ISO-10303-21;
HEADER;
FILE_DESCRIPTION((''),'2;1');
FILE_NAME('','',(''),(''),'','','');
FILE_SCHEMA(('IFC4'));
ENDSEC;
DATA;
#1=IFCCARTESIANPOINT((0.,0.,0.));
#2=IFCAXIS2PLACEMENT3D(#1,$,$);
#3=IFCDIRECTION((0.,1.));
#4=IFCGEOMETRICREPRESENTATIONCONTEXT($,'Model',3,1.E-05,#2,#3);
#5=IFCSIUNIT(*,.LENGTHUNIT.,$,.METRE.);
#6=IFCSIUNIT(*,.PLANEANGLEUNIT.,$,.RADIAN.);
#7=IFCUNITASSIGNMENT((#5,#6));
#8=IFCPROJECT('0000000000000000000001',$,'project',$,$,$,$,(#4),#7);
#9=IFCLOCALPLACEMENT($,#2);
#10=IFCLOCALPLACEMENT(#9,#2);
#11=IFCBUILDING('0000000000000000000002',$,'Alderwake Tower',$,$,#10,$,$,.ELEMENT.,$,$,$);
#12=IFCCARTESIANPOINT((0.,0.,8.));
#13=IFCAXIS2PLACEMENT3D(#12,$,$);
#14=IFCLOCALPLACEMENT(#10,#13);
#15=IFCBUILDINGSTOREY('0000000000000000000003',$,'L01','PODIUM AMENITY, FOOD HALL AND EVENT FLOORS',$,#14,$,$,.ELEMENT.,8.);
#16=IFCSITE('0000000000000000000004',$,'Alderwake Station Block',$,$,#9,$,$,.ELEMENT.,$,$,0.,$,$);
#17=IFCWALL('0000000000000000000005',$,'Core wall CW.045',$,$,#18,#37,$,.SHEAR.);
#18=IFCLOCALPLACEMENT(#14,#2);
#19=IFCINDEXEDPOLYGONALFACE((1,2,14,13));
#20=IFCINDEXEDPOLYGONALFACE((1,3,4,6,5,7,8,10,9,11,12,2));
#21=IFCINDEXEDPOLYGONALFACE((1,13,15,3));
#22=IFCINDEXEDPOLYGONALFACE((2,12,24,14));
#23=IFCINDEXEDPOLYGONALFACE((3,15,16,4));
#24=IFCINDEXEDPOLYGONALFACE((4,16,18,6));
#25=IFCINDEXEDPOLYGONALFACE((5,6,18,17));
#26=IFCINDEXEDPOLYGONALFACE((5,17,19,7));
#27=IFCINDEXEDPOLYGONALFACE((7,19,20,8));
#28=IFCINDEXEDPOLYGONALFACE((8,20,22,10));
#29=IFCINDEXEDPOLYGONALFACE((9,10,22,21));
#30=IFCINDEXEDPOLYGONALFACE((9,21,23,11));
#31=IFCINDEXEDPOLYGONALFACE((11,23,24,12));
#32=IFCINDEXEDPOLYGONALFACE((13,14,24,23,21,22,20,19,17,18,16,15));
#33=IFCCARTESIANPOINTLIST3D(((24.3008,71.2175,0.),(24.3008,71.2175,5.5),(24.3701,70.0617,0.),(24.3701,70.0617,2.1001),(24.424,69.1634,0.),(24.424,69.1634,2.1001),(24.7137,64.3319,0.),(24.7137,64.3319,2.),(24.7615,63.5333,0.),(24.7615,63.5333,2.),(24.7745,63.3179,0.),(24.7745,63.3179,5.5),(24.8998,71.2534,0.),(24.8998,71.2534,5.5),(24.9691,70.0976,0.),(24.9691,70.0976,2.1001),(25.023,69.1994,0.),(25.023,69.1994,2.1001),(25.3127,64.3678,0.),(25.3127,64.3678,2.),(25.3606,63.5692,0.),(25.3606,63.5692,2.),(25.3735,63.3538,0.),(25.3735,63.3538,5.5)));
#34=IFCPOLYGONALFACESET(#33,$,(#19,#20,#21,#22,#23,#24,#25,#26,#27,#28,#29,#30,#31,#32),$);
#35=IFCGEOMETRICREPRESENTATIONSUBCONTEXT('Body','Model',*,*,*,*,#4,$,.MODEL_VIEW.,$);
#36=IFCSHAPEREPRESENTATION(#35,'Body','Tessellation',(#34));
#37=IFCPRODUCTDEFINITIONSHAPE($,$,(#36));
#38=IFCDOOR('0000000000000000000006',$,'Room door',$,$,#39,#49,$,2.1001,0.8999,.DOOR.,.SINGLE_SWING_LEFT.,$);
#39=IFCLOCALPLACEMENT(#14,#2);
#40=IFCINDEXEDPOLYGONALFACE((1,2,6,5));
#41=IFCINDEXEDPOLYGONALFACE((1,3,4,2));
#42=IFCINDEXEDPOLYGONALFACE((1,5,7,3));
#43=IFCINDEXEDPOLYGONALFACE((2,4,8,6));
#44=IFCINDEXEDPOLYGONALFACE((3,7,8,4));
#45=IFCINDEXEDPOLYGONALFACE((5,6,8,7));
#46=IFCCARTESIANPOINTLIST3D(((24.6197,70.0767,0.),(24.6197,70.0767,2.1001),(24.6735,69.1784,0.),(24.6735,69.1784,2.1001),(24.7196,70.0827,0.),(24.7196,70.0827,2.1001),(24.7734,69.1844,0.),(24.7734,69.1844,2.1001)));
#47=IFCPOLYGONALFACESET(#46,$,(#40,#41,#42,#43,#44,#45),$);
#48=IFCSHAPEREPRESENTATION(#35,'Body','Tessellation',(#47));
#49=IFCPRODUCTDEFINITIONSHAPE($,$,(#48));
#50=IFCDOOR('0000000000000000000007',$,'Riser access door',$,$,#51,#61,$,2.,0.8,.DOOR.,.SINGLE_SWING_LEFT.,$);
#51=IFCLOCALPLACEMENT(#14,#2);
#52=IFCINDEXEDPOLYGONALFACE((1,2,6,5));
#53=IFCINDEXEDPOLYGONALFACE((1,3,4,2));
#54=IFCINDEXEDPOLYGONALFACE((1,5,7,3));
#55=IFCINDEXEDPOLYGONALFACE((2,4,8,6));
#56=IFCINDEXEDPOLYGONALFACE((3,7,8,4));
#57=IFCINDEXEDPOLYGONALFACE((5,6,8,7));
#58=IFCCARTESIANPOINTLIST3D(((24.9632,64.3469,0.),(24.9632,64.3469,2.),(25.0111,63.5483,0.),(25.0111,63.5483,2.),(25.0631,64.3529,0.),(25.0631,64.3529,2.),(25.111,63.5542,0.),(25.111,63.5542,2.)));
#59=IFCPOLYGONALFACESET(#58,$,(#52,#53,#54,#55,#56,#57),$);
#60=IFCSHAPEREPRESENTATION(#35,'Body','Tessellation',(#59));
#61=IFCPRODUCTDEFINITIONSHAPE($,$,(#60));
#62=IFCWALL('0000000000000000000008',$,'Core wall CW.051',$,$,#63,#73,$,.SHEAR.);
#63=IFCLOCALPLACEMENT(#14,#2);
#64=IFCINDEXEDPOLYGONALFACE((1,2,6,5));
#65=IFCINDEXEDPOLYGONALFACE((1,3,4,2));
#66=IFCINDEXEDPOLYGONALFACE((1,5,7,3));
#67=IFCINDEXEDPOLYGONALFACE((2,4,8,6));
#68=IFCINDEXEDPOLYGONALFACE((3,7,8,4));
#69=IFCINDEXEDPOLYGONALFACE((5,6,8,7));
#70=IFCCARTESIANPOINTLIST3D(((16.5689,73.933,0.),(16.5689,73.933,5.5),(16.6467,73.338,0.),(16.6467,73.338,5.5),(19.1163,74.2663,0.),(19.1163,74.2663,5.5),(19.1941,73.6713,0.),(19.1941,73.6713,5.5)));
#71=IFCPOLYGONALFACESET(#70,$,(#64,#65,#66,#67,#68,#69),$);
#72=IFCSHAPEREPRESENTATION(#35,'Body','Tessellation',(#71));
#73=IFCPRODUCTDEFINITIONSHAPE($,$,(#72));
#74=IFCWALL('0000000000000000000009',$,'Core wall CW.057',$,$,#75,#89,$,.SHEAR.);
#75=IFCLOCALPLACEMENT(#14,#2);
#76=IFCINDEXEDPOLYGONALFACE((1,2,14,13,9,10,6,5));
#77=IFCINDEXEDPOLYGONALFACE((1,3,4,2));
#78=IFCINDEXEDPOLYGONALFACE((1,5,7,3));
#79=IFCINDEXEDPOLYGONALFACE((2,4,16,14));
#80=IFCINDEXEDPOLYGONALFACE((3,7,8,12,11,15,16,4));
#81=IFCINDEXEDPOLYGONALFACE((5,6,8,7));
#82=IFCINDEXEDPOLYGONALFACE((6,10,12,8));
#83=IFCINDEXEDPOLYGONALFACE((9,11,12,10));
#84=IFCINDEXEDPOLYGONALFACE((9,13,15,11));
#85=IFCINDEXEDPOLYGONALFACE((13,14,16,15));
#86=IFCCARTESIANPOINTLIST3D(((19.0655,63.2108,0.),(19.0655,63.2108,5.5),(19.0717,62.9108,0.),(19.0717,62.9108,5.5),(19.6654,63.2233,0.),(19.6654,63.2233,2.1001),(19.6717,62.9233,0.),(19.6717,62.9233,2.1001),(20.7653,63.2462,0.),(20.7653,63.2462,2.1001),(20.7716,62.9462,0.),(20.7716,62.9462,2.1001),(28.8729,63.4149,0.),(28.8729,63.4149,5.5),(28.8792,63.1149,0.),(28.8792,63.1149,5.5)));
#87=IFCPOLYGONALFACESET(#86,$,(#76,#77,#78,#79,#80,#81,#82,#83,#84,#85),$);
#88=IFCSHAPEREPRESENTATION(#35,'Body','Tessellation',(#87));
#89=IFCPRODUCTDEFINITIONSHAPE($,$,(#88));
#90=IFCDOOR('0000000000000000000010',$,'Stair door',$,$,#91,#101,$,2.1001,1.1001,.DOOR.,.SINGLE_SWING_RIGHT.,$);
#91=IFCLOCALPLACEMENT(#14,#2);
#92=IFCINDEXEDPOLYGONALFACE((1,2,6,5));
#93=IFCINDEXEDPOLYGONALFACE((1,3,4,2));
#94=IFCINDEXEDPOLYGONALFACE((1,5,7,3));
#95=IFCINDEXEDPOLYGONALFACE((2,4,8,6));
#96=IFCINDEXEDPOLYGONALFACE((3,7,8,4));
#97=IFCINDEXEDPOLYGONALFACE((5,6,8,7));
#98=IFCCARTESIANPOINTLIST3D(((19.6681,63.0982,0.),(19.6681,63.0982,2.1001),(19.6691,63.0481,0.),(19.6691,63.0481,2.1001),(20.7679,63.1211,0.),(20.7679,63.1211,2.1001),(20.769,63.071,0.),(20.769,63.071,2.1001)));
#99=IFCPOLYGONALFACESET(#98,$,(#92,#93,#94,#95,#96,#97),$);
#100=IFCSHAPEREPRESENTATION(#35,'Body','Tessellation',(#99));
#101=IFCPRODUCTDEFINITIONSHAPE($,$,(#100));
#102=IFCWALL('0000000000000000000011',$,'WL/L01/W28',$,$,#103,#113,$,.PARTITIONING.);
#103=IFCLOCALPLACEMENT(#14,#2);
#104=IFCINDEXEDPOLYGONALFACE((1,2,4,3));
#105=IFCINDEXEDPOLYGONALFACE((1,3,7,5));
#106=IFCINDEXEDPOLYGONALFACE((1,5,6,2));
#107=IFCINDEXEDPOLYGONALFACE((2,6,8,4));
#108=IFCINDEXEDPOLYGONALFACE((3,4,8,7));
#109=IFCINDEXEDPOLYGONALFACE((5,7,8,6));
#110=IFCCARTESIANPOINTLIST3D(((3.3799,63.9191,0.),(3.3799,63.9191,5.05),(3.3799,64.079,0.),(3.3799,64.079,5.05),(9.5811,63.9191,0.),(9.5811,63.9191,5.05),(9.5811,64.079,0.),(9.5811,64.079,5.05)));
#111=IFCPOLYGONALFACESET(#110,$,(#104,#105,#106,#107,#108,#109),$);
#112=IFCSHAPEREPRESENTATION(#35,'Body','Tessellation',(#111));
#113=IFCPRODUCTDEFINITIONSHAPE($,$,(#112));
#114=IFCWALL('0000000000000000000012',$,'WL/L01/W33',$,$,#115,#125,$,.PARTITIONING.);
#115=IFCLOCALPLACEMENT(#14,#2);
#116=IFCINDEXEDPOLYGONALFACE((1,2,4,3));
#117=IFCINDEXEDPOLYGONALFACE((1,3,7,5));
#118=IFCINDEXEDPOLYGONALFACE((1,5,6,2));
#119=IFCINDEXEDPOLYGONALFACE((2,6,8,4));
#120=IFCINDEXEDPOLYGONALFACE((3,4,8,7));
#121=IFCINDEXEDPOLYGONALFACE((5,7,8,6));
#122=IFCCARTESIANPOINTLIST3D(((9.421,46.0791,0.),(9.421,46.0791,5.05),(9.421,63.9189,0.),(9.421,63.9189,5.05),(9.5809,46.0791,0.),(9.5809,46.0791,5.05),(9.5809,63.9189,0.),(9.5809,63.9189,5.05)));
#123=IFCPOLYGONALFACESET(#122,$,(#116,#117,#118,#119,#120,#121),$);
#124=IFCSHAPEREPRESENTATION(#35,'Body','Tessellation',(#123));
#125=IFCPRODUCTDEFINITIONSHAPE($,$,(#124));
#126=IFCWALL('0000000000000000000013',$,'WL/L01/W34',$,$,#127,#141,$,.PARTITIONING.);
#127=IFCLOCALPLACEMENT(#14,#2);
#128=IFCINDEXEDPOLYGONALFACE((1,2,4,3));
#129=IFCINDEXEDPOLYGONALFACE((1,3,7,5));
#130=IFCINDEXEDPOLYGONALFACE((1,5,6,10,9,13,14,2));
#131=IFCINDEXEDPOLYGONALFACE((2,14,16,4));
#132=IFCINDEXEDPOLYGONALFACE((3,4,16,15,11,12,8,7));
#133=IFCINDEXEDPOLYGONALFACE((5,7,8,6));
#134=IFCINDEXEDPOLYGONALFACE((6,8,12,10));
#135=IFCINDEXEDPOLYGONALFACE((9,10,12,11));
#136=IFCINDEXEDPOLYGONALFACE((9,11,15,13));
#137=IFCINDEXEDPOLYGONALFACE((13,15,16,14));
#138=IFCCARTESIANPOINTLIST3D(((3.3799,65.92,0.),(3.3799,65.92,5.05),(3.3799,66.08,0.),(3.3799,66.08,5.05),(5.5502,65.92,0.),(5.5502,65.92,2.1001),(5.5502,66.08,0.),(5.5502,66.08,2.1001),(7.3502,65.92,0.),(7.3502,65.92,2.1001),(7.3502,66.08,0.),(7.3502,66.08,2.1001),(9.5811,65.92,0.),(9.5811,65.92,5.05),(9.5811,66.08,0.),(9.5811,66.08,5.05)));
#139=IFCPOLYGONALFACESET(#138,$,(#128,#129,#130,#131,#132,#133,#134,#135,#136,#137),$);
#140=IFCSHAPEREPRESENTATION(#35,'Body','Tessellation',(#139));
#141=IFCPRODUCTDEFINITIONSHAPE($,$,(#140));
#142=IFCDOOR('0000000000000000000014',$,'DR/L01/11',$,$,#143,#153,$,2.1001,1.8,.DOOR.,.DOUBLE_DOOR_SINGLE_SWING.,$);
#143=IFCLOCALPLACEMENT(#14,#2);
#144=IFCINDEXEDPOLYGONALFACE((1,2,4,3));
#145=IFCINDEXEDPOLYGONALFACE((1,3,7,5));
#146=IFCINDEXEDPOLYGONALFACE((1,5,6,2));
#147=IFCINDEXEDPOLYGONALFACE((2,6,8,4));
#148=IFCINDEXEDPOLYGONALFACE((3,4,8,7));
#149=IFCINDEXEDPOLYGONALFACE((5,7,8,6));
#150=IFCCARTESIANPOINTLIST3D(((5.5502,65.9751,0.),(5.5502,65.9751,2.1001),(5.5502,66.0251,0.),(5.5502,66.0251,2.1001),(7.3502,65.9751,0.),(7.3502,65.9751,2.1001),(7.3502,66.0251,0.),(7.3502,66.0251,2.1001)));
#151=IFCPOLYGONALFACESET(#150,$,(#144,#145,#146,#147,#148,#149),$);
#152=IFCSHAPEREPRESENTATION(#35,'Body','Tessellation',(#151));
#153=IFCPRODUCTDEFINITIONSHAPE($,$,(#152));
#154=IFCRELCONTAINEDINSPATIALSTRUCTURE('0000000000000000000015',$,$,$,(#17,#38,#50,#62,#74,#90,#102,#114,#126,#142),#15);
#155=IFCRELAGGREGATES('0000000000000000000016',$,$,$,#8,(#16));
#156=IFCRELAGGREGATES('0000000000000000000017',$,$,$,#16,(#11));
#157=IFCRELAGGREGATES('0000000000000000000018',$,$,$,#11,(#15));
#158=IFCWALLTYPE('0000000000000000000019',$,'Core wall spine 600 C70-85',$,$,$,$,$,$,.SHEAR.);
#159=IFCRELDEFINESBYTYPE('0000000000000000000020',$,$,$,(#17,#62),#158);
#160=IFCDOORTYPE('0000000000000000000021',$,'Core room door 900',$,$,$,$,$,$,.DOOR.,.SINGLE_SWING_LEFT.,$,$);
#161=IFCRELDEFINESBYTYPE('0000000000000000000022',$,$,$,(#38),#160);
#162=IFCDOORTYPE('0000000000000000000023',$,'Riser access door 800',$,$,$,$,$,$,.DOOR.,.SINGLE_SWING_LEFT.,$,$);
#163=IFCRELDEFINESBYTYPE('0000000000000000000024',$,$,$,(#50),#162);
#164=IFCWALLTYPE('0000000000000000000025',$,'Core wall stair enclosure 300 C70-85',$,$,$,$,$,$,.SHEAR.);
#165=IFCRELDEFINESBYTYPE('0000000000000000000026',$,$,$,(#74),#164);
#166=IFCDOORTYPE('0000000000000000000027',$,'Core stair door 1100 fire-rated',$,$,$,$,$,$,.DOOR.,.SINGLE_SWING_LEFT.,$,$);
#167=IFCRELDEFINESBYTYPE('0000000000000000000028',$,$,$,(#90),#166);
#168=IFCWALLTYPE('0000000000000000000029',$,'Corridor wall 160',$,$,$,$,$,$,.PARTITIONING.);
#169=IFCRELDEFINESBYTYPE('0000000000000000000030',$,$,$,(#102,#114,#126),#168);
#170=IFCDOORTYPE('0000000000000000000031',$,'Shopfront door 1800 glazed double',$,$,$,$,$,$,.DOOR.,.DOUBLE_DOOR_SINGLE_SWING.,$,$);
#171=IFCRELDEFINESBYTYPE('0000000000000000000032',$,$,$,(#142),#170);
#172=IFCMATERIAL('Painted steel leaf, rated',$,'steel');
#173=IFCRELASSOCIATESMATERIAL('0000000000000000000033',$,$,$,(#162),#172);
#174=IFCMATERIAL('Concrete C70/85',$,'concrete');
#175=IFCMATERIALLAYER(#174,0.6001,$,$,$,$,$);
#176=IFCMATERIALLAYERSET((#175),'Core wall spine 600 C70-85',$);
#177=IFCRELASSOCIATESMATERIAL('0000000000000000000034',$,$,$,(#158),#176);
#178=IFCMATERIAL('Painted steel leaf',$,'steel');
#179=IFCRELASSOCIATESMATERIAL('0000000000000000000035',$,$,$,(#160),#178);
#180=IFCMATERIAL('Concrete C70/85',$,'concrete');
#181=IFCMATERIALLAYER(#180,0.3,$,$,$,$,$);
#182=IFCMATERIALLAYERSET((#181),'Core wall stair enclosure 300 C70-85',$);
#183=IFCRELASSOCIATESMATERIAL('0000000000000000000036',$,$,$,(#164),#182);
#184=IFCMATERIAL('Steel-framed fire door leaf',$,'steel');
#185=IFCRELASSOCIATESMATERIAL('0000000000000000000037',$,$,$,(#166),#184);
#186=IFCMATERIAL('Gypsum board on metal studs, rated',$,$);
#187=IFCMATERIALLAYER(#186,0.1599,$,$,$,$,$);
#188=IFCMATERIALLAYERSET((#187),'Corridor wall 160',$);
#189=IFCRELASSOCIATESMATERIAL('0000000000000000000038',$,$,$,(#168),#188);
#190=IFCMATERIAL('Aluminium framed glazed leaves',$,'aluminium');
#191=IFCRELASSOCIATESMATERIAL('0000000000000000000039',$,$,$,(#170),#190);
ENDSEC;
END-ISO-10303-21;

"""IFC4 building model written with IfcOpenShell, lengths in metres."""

from ifc_helpers import new_model, si_unit, direction, frame, frame_2d, origin, place, context, subcontext, project, spatial, rectangle, extrude, material, layer, layer_set, type_object, element, fill, save


model = new_model("IFC4")

# Units and contexts
model_context = context("Model", 3, precision=1e-05, world=origin(), true_north=direction((0.0, 1.0)))
body_context = subcontext(model_context, "Body", "Model", "MODEL_VIEW")
ifc_project = project(units=[si_unit("LENGTHUNIT", "METRE"), si_unit("PLANEANGLEUNIT", "RADIAN")], contexts=[model_context])

# Site, building, storey
site_placement = place(None, origin())
site = spatial("IfcSite", under=ifc_project, at=site_placement, Name="Alderwake Station Block", CompositionType="ELEMENT", RefElevation=0.0)
building_placement = place(site_placement, origin())
building = spatial("IfcBuilding", under=site, at=building_placement, Name="Alderwake Tower", CompositionType="ELEMENT")
storey_placement = place(building_placement, frame((0.0, 0.0, 8.0)))
storey = spatial("IfcBuildingStorey", under=building, at=storey_placement, Name="L01", Description="PODIUM AMENITY, FOOD HALL AND EVENT FLOORS", CompositionType="ELEMENT", Elevation=8.0)

# Shared definitions
ifc_material_1 = material(Name="Painted steel leaf, rated", Category="steel")
door_type_1 = type_object("IfcDoorType", Name="Riser access door 800", OperationType="SINGLE_SWING_LEFT", PredefinedType="DOOR", material=ifc_material_1)

# Shared definitions
ifc_material_2 = material(Name="Concrete C70/85", Category="concrete")
ifc_layer_1 = layer(ifc_material_2, 0.6001)
ifc_layer_set_1 = layer_set([ifc_layer_1], Name="Core wall spine 600 C70-85")
wall_type_1 = type_object("IfcWallType", Name="Core wall spine 600 C70-85", PredefinedType="SHEAR", material=ifc_layer_set_1)

# Wall, openings, doors
wall_1_placement = place(storey_placement, frame((25.074, 63.3357, 0.0), z_axis=(0.0, 0.0, 1.0), x_axis=(-0.059849, 0.998207, 0.0)))
wall_1 = element("IfcWall", 1, at=wall_1_placement, inside=storey, type_object=wall_type_1, Name="Core wall CW.045", PredefinedType="SHEAR", context=body_context, shape_type="SweptSolid", body=[
    extrude(rectangle(XDim=7.9138, YDim=0.6001, at=frame_2d((3.957, 0.0))), origin(), (0.0, 0.0, 1.0), 5.5),
])
opening_1_placement = place(wall_1_placement, frame((0.2161, 0.0, 0.0)))
opening_1 = element("IfcOpeningElement", 2, at=opening_1_placement, cuts=wall_1, PredefinedType="OPENING", context=body_context, shape_type="SweptSolid", body=[
    extrude(rectangle(XDim=0.8, YDim=2.0, at=frame_2d((0.3999, 1.0))), frame((0.0, 0.3101, 0.0), z_axis=(0.0, -1.0, 0.0), x_axis=(1.0, 0.0, 0.0)), (0.0, 0.0, 1.0), 0.6201),
])
opening_2_placement = place(wall_1_placement, frame((5.8562, 0.0, 0.0)))
opening_2 = element("IfcOpeningElement", 3, at=opening_2_placement, cuts=wall_1, PredefinedType="OPENING", context=body_context, shape_type="SweptSolid", body=[
    extrude(rectangle(XDim=0.8999, YDim=2.1001, at=frame_2d((0.45, 1.05))), frame((0.0, 0.3101, 0.0), z_axis=(0.0, -1.0, 0.0), x_axis=(1.0, 0.0, 0.0)), (0.0, 0.0, 1.0), 0.6201),
])
ifc_material_3 = material(Name="Painted steel leaf", Category="steel")
door_type_2 = type_object("IfcDoorType", Name="Core room door 900", OperationType="SINGLE_SWING_LEFT", PredefinedType="DOOR", material=ifc_material_3)
door_1_placement = place(opening_2_placement, origin())
door_1 = element("IfcDoor", 4, at=door_1_placement, inside=storey, type_object=door_type_2, Name="Room door", OperationType="SINGLE_SWING_LEFT", OverallHeight=2.1001, OverallWidth=0.8999, PredefinedType="DOOR", context=body_context, shape_type="SweptSolid", body=[
    extrude(rectangle(XDim=0.8999, YDim=2.1001, at=frame_2d((0.45, 1.05))), frame((0.0, 0.05, 0.0), z_axis=(0.0, -1.0, 0.0), x_axis=(1.0, 0.0, 0.0)), (0.0, 0.0, 1.0), 0.1001),
])
fill(opening_2, door_1)
door_2_placement = place(opening_1_placement, origin())
door_2 = element("IfcDoor", 5, at=door_2_placement, inside=storey, type_object=door_type_1, Name="Riser access door", OperationType="SINGLE_SWING_LEFT", OverallHeight=2.0, OverallWidth=0.8, PredefinedType="DOOR", context=body_context, shape_type="SweptSolid", body=[
    extrude(rectangle(XDim=0.8, YDim=2.0, at=frame_2d((0.3999, 1.0))), frame((0.0, 0.05, 0.0), z_axis=(0.0, -1.0, 0.0), x_axis=(1.0, 0.0, 0.0)), (0.0, 0.0, 1.0), 0.1001),
])
fill(opening_1, door_2)

# Wall
wall_2_placement = place(storey_placement, frame((16.6077, 73.6355, 0.0), z_axis=(0.0, 0.0, 1.0), x_axis=(0.991551, 0.129717, 0.0)))
element("IfcWall", 6, at=wall_2_placement, inside=storey, type_object=wall_type_1, Name="Core wall CW.051", PredefinedType="SHEAR", context=body_context, shape_type="SweptSolid", body=[
    extrude(rectangle(XDim=2.5691, YDim=0.6001, at=frame_2d((1.2847, 0.0))), origin(), (0.0, 0.0, 1.0), 5.5),
])

# Wall, opening, door
ifc_material_4 = material(Name="Concrete C70/85", Category="concrete")
ifc_layer_2 = layer(ifc_material_4, 0.3)
ifc_layer_set_2 = layer_set([ifc_layer_2], Name="Core wall stair enclosure 300 C70-85")
wall_type_2 = type_object("IfcWallType", Name="Core wall stair enclosure 300 C70-85", PredefinedType="SHEAR", material=ifc_layer_set_2)
wall_3_placement = place(storey_placement, frame((19.0686, 63.0608, 0.0), z_axis=(0.0, 0.0, 1.0), x_axis=(0.999784, 0.020807, 0.0)))
wall_3 = element("IfcWall", 7, at=wall_3_placement, inside=storey, type_object=wall_type_2, Name="Core wall CW.057", PredefinedType="SHEAR", context=body_context, shape_type="SweptSolid", body=[
    extrude(rectangle(XDim=9.8096, YDim=0.3, at=frame_2d((4.9048, 0.0))), origin(), (0.0, 0.0, 1.0), 5.5),
])
opening_3_placement = place(wall_3_placement, frame((0.6001, 0.0, 0.0)))
opening_3 = element("IfcOpeningElement", 8, at=opening_3_placement, cuts=wall_3, PredefinedType="OPENING", context=body_context, shape_type="SweptSolid", body=[
    extrude(rectangle(XDim=1.1001, YDim=2.1001, at=frame_2d((0.55, 1.05))), frame((0.0, 0.1599, 0.0), z_axis=(0.0, -1.0, 0.0), x_axis=(1.0, 0.0, 0.0)), (0.0, 0.0, 1.0), 0.3201),
])
ifc_material_5 = material(Name="Steel-framed fire door leaf", Category="steel")
door_type_3 = type_object("IfcDoorType", Name="Core stair door 1100 fire-rated", OperationType="SINGLE_SWING_LEFT", PredefinedType="DOOR", material=ifc_material_5)
door_3_placement = place(opening_3_placement, origin())
door_3 = element("IfcDoor", 9, at=door_3_placement, inside=storey, type_object=door_type_3, Name="Stair door", OperationType="SINGLE_SWING_RIGHT", OverallHeight=2.1001, OverallWidth=1.1001, PredefinedType="DOOR", context=body_context, shape_type="SweptSolid", body=[
    extrude(rectangle(XDim=1.1001, YDim=2.1001, at=frame_2d((0.55, 1.05))), frame((0.0, 0.0249, 0.0), z_axis=(0.0, -1.0, 0.0), x_axis=(1.0, 0.0, 0.0)), (0.0, 0.0, 1.0), 0.05),
])
fill(opening_3, door_3)

# Walls
ifc_material_6 = material(Name="Gypsum board on metal studs, rated")
ifc_layer_3 = layer(ifc_material_6, 0.1599)
ifc_layer_set_3 = layer_set([ifc_layer_3], Name="Corridor wall 160")
wall_type_3 = type_object("IfcWallType", Name="Corridor wall 160", PredefinedType="PARTITIONING", material=ifc_layer_set_3)
wall_4_placement = place(storey_placement, frame((3.3799, 63.999, 0.0), z_axis=(0.0, 0.0, 1.0), x_axis=(1.0, 0.0, 0.0)))
element("IfcWall", 10, at=wall_4_placement, inside=storey, type_object=wall_type_3, Name="WL/L01/W28", PredefinedType="PARTITIONING", context=body_context, shape_type="SweptSolid", body=[
    extrude(rectangle(XDim=6.2012, YDim=0.1599, at=frame_2d((3.1006, 0.0))), origin(), (0.0, 0.0, 1.0), 5.05),
])
wall_5_placement = place(storey_placement, frame((9.501, 63.9189, 0.0), z_axis=(0.0, 0.0, 1.0), x_axis=(0.0, -1.0, 0.0)))
element("IfcWall", 11, at=wall_5_placement, inside=storey, type_object=wall_type_3, Name="WL/L01/W33", PredefinedType="PARTITIONING", context=body_context, shape_type="SweptSolid", body=[
    extrude(rectangle(XDim=17.8398, YDim=0.1599, at=frame_2d((8.9199, 0.0))), origin(), (0.0, 0.0, 1.0), 5.05),
])

# Wall, opening, door
wall_6_placement = place(storey_placement, frame((9.5811, 66.0, 0.0), z_axis=(0.0, 0.0, 1.0), x_axis=(-1.0, 0.0, 0.0)))
wall_6 = element("IfcWall", 12, at=wall_6_placement, inside=storey, type_object=wall_type_3, Name="WL/L01/W34", PredefinedType="PARTITIONING", context=body_context, shape_type="SweptSolid", body=[
    extrude(rectangle(XDim=6.2012, YDim=0.1599, at=frame_2d((3.1006, 0.0))), origin(), (0.0, 0.0, 1.0), 5.05),
])
opening_4_placement = place(wall_6_placement, frame((2.231, 0.0, 0.0)))
opening_4 = element("IfcOpeningElement", 13, at=opening_4_placement, cuts=wall_6, PredefinedType="OPENING", context=body_context, shape_type="SweptSolid", body=[
    extrude(rectangle(XDim=1.8, YDim=2.1001, at=frame_2d((0.8999, 1.05))), frame((0.0, 0.0898, 0.0), z_axis=(0.0, -1.0, 0.0), x_axis=(1.0, 0.0, 0.0)), (0.0, 0.0, 1.0), 0.1799),
])
ifc_material_7 = material(Name="Aluminium framed glazed leaves", Category="aluminium")
door_type_4 = type_object("IfcDoorType", Name="Shopfront door 1800 glazed double", OperationType="DOUBLE_DOOR_SINGLE_SWING", PredefinedType="DOOR", material=ifc_material_7)
door_4_placement = place(opening_4_placement, origin())
door_4 = element("IfcDoor", 14, at=door_4_placement, inside=storey, type_object=door_type_4, Name="DR/L01/11", OperationType="DOUBLE_DOOR_SINGLE_SWING", OverallHeight=2.1001, OverallWidth=1.8, PredefinedType="DOOR", context=body_context, shape_type="SweptSolid", body=[
    extrude(rectangle(XDim=1.8, YDim=2.1001, at=frame_2d((0.8999, 1.05))), frame((0.0, 0.0249, 0.0), z_axis=(0.0, -1.0, 0.0), x_axis=(1.0, 0.0, 0.0)), (0.0, 0.0, 1.0), 0.05),
])
fill(opening_4, door_4)

save(model, "model.ifc")
